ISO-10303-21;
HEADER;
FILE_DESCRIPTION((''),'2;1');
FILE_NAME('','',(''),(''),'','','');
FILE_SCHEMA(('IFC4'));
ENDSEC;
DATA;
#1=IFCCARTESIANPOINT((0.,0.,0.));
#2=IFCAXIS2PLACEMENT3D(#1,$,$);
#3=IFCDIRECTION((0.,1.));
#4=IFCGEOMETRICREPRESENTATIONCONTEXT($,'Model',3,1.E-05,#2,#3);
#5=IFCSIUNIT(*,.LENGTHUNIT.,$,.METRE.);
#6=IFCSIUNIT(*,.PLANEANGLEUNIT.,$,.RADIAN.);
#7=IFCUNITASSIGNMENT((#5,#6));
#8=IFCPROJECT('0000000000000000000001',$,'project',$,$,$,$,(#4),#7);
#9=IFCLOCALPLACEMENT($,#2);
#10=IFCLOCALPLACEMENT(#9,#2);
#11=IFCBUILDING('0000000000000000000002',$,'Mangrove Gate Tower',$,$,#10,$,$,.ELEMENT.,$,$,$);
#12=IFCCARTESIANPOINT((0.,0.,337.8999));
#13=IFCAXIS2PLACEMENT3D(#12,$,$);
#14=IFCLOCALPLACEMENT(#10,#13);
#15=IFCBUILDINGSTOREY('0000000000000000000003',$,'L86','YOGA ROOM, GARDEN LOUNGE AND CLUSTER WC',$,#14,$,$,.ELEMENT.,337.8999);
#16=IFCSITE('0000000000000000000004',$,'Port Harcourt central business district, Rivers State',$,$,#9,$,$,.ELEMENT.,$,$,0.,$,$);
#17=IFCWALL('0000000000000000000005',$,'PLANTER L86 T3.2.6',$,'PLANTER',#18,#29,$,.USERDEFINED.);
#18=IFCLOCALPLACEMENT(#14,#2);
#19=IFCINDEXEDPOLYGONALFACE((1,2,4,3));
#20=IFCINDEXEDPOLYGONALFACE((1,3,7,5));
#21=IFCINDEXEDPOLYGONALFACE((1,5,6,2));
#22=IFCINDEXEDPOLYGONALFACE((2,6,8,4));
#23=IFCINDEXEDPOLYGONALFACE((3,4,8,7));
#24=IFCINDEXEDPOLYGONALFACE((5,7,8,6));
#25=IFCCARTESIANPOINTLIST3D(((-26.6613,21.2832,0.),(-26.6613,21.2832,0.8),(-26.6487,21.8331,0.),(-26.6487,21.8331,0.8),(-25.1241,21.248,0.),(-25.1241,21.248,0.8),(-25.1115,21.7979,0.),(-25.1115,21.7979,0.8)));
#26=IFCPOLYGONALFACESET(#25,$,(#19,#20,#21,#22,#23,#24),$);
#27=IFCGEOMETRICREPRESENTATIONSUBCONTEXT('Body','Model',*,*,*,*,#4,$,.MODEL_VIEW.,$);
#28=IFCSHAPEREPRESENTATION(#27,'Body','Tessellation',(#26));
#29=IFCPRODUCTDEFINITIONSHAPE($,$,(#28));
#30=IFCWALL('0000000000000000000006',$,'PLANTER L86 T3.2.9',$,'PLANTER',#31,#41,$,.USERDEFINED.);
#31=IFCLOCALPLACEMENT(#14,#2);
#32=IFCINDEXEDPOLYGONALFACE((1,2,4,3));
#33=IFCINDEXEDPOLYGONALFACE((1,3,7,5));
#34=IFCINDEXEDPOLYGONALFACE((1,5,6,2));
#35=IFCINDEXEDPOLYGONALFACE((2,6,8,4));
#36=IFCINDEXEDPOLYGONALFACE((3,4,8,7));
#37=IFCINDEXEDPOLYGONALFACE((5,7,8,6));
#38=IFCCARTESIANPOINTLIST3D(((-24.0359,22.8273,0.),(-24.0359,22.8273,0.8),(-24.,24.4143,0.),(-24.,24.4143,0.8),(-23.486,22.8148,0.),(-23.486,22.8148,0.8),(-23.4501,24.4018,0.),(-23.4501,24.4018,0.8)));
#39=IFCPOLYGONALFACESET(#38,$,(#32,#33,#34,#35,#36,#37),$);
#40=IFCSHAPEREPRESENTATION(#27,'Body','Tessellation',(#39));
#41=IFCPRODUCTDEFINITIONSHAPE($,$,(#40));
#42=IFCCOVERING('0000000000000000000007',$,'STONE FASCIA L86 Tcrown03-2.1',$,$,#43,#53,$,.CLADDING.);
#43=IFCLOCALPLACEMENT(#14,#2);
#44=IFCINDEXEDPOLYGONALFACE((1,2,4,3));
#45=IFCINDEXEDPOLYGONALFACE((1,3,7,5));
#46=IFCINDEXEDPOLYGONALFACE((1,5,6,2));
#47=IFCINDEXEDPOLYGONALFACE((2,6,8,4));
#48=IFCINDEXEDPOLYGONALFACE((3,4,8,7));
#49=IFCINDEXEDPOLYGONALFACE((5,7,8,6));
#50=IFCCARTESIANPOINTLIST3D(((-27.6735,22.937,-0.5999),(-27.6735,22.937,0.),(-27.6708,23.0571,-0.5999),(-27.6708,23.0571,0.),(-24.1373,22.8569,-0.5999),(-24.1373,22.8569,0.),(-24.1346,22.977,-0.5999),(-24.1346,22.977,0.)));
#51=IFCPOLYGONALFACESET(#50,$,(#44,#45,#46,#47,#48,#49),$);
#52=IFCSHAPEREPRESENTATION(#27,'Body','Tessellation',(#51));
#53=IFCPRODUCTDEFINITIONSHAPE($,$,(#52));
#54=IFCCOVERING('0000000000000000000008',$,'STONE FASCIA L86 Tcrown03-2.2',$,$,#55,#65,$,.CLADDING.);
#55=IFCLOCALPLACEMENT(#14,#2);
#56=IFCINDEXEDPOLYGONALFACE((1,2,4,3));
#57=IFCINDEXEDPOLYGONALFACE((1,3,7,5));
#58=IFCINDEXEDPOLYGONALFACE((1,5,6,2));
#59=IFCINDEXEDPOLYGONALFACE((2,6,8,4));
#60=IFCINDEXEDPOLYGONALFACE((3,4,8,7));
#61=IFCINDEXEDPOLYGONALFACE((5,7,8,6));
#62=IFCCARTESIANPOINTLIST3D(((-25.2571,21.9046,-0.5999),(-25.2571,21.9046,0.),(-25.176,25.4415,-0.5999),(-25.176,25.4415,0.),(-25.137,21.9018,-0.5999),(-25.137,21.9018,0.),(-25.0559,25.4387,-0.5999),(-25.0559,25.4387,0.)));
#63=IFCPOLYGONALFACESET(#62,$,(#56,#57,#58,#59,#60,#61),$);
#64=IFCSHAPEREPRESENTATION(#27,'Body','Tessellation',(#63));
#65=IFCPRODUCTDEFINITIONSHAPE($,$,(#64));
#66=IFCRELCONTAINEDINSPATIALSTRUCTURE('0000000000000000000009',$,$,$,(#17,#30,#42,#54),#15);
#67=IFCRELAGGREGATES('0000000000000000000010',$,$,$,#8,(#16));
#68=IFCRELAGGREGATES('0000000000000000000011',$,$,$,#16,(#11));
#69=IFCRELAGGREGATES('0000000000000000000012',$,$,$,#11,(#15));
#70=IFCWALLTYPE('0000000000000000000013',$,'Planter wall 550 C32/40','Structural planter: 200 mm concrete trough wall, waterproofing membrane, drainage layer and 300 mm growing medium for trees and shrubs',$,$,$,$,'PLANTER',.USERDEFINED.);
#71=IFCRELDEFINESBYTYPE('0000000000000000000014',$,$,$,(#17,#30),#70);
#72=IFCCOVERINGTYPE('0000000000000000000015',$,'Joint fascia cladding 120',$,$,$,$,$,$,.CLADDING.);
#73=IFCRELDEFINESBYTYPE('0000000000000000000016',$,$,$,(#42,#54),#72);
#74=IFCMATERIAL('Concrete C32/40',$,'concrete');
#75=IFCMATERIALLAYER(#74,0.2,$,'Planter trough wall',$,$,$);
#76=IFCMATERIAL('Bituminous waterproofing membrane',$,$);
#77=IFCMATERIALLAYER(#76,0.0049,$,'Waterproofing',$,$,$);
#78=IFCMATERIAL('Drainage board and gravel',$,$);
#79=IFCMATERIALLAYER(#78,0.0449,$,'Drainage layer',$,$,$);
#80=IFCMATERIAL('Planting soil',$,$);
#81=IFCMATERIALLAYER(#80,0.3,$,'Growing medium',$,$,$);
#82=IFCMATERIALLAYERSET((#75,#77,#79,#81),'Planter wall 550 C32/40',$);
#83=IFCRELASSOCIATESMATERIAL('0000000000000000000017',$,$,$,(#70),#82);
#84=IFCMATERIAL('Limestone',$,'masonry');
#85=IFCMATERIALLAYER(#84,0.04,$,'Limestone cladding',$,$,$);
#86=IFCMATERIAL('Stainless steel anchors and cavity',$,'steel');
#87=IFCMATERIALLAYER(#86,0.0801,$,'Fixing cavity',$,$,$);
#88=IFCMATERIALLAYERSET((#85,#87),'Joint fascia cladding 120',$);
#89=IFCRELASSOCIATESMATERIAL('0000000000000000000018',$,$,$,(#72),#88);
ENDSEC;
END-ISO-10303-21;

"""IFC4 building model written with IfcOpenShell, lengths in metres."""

from ifc_helpers import new_model, si_unit, direction, frame, frame_2d, origin, place, context, subcontext, project, spatial, rectangle, extrude, material, layer, layer_set, type_object, element, save


model = new_model("IFC4")

# Units and contexts
model_context = context("Model", 3, precision=1e-05, world=origin(), true_north=direction((0.0, 1.0)))
body_context = subcontext(model_context, "Body", "Model", "MODEL_VIEW")
ifc_project = project(units=[si_unit("LENGTHUNIT", "METRE"), si_unit("PLANEANGLEUNIT", "RADIAN")], contexts=[model_context])

# Site, building, storey
site_placement = place(None, origin())
site = spatial("IfcSite", under=ifc_project, at=site_placement, Name="Port Harcourt central business district, Rivers State", CompositionType="ELEMENT", RefElevation=0.0)
building_placement = place(site_placement, origin())
building = spatial("IfcBuilding", under=site, at=building_placement, Name="Mangrove Gate Tower", CompositionType="ELEMENT")
storey_placement = place(building_placement, frame((0.0, 0.0, 337.8999)))
storey = spatial("IfcBuildingStorey", under=building, at=storey_placement, Name="L86", Description="YOGA ROOM, GARDEN LOUNGE AND CLUSTER WC", CompositionType="ELEMENT", Elevation=337.8999)

# Shared definitions
ifc_material_1 = material(Name="Limestone", Category="masonry")

# Walls
ifc_material_2 = material(Name="Concrete C32/40", Category="concrete")
ifc_layer_1 = layer(ifc_material_2, 0.2, Name="Planter trough wall")
ifc_material_3 = material(Name="Bituminous waterproofing membrane")
ifc_layer_2 = layer(ifc_material_3, 0.0049, Name="Waterproofing")
ifc_material_4 = material(Name="Drainage board and gravel")
ifc_layer_3 = layer(ifc_material_4, 0.0449, Name="Drainage layer")
ifc_material_5 = material(Name="Planting soil")
ifc_layer_4 = layer(ifc_material_5, 0.3, Name="Growing medium")
ifc_layer_set_1 = layer_set([ifc_layer_1, ifc_layer_2, ifc_layer_3, ifc_layer_4], Name="Planter wall 550 C32/40")
wall_type_1 = type_object("IfcWallType", Name="Planter wall 550 C32/40", Description="Structural planter: 200 mm concrete trough wall, waterproofing membrane, drainage layer and 300 mm growing medium for trees and shrubs", ElementType="PLANTER", PredefinedType="USERDEFINED", material=ifc_layer_set_1)
wall_1_placement = place(storey_placement, frame((-26.655, 21.5581, 0.0), z_axis=(0.0, 0.0, 1.0), x_axis=(0.999739, -0.022866, 0.0)))
element("IfcWall", 1, at=wall_1_placement, inside=storey, type_object=wall_type_1, Name="PLANTER L86 T3.2.6", ObjectType="PLANTER", PredefinedType="USERDEFINED", context=body_context, shape_type="SweptSolid", body=[
    extrude(rectangle(XDim=1.5376, YDim=0.55, at=frame_2d((0.7688, 0.0))), origin(), (0.0, 0.0, 1.0), 0.8),
])
wall_2_placement = place(storey_placement, frame((-23.761, 22.821, 0.0), z_axis=(0.0, 0.0, 1.0), x_axis=(0.02261, 0.999744, 0.0)))
element("IfcWall", 2, at=wall_2_placement, inside=storey, type_object=wall_type_1, Name="PLANTER L86 T3.2.9", ObjectType="PLANTER", PredefinedType="USERDEFINED", context=body_context, shape_type="SweptSolid", body=[
    extrude(rectangle(XDim=1.5874, YDim=0.55, at=frame_2d((0.7937, 0.0))), origin(), (0.0, 0.0, 1.0), 0.8),
])

# Coverings
ifc_layer_5 = layer(ifc_material_1, 0.04, Name="Limestone cladding")
ifc_material_6 = material(Name="Stainless steel anchors and cavity", Category="steel")
ifc_layer_6 = layer(ifc_material_6, 0.0801, Name="Fixing cavity")
ifc_layer_set_2 = layer_set([ifc_layer_5, ifc_layer_6], Name="Joint fascia cladding 120")
covering_type = type_object("IfcCoveringType", Name="Joint fascia cladding 120", PredefinedType="CLADDING", material=ifc_layer_set_2)
covering_1_placement = place(storey_placement, frame((-27.6721, 22.9971, -0.5999), z_axis=(0.0, 0.0, 1.0), x_axis=(0.999744, -0.02264, 0.0)))
element("IfcCovering", 3, at=covering_1_placement, inside=storey, type_object=covering_type, Name="STONE FASCIA L86 Tcrown03-2.1", PredefinedType="CLADDING", context=body_context, shape_type="SweptSolid", body=[
    extrude(rectangle(XDim=3.5371, YDim=0.1201, at=frame_2d((1.7686, 0.0))), origin(), (0.0, 0.0, 1.0), 0.5999),
])
covering_2_placement = place(storey_placement, frame((-25.197, 21.9031, -0.5999), z_axis=(0.0, 0.0, 1.0), x_axis=(0.022911, 0.999738, 0.0)))
element("IfcCovering", 4, at=covering_2_placement, inside=storey, type_object=covering_type, Name="STONE FASCIA L86 Tcrown03-2.2", PredefinedType="CLADDING", context=body_context, shape_type="SweptSolid", body=[
    extrude(rectangle(XDim=3.5378, YDim=0.1201, at=frame_2d((1.769, 0.0))), origin(), (0.0, 0.0, 1.0), 0.5999),
])

save(model, "model.ifc")
